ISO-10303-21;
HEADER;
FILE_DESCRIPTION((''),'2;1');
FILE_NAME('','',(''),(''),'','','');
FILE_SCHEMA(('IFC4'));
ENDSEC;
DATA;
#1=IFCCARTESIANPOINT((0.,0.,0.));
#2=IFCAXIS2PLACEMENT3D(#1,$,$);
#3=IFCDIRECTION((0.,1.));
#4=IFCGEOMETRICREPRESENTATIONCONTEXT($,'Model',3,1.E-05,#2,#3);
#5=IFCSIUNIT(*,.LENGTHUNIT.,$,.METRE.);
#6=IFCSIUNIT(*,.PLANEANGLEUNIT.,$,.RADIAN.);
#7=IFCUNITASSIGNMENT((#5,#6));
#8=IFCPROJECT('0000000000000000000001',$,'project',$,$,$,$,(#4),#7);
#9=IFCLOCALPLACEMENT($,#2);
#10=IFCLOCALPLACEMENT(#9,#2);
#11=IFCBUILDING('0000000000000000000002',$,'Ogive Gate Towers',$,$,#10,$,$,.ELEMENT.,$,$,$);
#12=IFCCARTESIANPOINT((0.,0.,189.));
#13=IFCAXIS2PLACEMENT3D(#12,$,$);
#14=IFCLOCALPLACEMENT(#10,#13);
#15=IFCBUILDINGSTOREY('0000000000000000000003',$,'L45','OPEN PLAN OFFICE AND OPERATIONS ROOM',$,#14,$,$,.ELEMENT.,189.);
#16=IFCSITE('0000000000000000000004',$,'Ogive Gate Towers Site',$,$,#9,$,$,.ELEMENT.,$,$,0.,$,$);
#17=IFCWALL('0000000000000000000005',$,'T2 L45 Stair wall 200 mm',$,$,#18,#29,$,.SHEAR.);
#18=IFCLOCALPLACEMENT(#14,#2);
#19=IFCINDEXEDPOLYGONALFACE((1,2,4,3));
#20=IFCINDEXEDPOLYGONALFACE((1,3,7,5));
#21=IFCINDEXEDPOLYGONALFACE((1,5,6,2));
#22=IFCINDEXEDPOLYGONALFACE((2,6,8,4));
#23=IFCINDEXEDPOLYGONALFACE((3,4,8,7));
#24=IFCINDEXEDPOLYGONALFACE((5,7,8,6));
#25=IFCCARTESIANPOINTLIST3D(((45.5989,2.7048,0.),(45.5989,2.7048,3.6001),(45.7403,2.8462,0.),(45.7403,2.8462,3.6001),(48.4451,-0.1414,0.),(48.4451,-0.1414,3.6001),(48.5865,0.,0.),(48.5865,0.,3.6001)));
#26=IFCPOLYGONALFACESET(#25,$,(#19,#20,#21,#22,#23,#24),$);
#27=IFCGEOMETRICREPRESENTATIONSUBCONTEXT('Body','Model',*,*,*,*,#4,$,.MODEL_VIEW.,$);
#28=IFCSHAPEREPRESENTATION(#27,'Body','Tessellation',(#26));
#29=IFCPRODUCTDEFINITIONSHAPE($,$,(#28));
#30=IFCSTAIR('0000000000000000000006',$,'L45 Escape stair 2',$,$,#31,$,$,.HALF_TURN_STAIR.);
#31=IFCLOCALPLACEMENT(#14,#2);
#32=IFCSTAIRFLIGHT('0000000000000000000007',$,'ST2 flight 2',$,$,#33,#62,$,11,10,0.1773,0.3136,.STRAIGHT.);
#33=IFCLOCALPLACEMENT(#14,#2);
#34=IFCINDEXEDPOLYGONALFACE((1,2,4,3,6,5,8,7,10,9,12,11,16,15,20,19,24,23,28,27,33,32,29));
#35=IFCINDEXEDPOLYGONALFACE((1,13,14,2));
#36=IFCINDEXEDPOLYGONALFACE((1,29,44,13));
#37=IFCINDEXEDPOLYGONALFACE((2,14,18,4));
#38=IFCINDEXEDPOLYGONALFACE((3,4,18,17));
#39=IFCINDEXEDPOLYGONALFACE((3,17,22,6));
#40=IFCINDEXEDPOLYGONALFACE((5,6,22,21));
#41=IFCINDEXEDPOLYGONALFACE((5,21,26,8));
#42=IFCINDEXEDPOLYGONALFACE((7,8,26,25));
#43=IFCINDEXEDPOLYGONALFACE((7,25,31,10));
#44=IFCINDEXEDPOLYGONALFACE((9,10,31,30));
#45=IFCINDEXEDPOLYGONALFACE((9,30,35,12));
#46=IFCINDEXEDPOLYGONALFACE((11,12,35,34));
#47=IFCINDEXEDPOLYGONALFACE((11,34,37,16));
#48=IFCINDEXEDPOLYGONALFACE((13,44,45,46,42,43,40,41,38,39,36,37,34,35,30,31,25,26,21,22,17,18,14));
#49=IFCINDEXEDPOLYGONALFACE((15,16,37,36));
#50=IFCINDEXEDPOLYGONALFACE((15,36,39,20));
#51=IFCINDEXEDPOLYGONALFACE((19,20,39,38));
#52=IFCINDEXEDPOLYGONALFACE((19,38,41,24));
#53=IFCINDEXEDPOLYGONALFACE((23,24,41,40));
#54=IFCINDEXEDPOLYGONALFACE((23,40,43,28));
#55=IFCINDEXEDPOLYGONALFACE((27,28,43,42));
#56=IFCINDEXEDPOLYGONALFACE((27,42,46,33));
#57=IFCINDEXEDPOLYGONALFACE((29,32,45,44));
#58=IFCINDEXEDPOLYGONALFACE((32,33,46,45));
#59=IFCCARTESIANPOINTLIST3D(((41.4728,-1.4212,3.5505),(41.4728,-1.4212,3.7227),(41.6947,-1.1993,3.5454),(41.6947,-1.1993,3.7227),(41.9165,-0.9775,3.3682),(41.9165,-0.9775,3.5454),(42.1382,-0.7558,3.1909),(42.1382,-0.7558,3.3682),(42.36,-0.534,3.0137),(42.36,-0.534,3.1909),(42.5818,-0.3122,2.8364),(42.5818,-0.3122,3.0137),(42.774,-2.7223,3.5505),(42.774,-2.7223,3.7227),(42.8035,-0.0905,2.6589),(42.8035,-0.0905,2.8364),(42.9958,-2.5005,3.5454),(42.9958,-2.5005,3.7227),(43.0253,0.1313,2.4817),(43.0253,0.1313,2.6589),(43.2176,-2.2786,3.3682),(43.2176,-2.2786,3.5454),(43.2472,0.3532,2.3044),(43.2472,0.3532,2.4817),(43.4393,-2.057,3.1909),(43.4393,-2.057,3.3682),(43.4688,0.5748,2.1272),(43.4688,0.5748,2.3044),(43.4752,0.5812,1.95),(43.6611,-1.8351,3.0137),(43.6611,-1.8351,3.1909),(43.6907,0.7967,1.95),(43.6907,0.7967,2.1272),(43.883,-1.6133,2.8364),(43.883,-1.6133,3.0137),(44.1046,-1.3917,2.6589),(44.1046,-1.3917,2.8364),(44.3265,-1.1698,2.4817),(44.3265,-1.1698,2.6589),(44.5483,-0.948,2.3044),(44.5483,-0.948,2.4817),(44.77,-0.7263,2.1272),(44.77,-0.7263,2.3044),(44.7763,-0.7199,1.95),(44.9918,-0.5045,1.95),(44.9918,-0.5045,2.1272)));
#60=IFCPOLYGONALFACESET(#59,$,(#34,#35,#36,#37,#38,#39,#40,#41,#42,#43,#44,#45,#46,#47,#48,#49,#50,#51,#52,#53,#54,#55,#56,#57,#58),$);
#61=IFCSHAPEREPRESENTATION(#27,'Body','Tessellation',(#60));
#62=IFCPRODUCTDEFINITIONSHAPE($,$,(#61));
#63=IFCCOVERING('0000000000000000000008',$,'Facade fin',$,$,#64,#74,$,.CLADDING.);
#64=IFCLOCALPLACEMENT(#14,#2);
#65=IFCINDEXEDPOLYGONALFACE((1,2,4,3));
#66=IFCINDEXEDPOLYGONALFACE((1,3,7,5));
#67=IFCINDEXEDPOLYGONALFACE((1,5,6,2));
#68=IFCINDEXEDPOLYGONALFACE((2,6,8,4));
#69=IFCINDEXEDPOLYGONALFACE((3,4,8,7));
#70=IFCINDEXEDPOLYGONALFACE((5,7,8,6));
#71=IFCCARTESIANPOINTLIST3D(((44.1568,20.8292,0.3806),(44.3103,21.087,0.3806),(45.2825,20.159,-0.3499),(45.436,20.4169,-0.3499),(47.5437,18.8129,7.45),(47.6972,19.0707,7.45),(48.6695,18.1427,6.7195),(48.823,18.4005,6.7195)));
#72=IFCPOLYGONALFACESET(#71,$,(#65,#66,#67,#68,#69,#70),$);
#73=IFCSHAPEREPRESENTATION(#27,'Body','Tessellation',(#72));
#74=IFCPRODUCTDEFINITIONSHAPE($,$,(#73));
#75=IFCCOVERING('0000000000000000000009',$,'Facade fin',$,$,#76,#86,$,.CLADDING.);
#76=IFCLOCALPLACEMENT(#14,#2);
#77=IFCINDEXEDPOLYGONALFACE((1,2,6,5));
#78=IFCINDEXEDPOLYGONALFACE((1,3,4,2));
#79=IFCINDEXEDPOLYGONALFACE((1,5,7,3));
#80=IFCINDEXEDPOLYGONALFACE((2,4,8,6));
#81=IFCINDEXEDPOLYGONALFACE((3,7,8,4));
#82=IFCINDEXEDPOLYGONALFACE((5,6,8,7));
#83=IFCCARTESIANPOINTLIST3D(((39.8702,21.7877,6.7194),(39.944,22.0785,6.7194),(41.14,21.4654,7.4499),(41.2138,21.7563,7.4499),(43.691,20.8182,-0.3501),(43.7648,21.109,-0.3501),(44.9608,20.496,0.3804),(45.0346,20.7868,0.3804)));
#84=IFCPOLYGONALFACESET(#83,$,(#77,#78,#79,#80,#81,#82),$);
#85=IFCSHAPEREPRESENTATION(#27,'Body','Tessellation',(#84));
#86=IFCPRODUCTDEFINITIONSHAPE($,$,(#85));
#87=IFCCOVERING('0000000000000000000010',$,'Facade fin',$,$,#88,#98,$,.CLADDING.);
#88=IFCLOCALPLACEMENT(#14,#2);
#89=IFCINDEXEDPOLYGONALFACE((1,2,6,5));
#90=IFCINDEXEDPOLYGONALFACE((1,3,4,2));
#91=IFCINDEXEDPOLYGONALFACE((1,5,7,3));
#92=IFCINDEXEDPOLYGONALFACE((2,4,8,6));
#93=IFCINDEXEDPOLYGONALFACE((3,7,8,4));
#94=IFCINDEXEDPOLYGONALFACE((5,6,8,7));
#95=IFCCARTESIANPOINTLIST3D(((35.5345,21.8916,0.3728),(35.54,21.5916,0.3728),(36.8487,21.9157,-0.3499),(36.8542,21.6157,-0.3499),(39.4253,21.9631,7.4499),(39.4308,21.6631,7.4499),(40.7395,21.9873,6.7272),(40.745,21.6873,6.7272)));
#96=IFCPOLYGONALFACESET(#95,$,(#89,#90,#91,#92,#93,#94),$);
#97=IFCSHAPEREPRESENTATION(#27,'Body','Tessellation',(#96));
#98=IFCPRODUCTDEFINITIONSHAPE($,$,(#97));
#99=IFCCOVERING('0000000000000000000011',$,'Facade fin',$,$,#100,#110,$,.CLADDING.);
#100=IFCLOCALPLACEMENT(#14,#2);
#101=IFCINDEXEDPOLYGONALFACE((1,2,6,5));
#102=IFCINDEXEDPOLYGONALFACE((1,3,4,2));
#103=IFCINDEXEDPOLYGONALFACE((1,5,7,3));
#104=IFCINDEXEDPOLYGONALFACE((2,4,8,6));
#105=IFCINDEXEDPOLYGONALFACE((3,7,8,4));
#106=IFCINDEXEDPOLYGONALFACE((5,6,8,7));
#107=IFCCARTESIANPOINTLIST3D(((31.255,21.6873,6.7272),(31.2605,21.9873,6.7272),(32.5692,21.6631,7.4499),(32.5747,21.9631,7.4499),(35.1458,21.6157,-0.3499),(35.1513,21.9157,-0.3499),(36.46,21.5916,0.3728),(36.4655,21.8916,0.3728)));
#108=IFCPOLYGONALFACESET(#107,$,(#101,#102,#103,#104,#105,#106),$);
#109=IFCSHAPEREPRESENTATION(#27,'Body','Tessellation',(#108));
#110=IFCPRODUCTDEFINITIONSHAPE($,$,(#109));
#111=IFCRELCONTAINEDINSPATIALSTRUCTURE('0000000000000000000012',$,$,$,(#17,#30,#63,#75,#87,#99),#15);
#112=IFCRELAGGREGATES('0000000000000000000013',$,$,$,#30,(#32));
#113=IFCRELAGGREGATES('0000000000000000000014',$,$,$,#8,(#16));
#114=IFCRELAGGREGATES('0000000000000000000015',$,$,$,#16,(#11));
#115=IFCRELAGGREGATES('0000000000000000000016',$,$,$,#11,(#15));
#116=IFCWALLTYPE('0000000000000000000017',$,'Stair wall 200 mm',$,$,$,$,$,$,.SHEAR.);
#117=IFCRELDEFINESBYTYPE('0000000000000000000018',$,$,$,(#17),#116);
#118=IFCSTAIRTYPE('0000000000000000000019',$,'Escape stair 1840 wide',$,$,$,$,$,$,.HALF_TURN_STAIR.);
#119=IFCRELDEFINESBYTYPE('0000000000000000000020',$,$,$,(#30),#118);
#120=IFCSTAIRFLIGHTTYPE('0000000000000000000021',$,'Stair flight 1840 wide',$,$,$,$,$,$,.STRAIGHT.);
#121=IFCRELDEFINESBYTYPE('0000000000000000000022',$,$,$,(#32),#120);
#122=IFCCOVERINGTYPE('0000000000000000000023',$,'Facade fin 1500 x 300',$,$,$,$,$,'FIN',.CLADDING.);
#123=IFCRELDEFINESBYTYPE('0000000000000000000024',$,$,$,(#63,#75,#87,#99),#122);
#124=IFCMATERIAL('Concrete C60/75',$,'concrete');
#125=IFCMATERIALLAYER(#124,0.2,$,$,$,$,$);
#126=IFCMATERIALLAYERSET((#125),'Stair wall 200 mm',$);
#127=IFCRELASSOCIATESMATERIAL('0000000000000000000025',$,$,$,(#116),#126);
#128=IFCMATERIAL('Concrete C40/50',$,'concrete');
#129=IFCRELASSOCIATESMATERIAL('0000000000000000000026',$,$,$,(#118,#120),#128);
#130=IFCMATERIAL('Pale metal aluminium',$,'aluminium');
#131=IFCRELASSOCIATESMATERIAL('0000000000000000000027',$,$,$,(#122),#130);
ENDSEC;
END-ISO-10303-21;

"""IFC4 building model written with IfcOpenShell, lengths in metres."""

from ifc_helpers import new_model, si_unit, direction, frame, frame_2d, origin, origin_2d, place, context, subcontext, project, spatial, polyline, rectangle, outline, extrude, material, layer, layer_set, material_profile, profile_set, type_object, element, aggregate, save


model = new_model("IFC4")

# Units and contexts
model_context = context("Model", 3, precision=1e-05, world=origin(), true_north=direction((0.0, 1.0)))
body_context = subcontext(model_context, "Body", "Model", "MODEL_VIEW")
ifc_project = project(units=[si_unit("LENGTHUNIT", "METRE"), si_unit("PLANEANGLEUNIT", "RADIAN")], contexts=[model_context])

# Site, building, storey
site_placement = place(None, origin())
site = spatial("IfcSite", under=ifc_project, at=site_placement, Name="Ogive Gate Towers Site", CompositionType="ELEMENT", RefElevation=0.0)
building_placement = place(site_placement, origin())
building = spatial("IfcBuilding", under=site, at=building_placement, Name="Ogive Gate Towers", CompositionType="ELEMENT")
storey_placement = place(building_placement, frame((0.0, 0.0, 189.0)))
storey = spatial("IfcBuildingStorey", under=building, at=storey_placement, Name="L45", Description="OPEN PLAN OFFICE AND OPERATIONS ROOM", CompositionType="ELEMENT", Elevation=189.0)

# Shared definitions
ifc_material_1 = material(Name="Concrete C40/50", Category="concrete")

# Shared definitions
ifc_material_2 = material(Name="Pale metal aluminium", Category="aluminium")

# Shared definitions
ifc_material_3 = material(Name="Concrete C60/75", Category="concrete")

# Wall
ifc_layer_1 = layer(ifc_material_3, 0.2)
ifc_layer_set_1 = layer_set([ifc_layer_1], Name="Stair wall 200 mm")
wall_type_1 = type_object("IfcWallType", Name="Stair wall 200 mm", PredefinedType="SHEAR", material=ifc_layer_set_1)
wall_1_placement = place(storey_placement, frame((48.5159, -0.0708, 0.0), z_axis=(0.0, 0.0, 1.0), x_axis=(-0.707107, 0.707107, 0.0)))
element("IfcWall", 1, at=wall_1_placement, inside=storey, type_object=wall_type_1, Name="T2 L45 Stair wall 200 mm", PredefinedType="SHEAR", context=body_context, shape_type="SweptSolid", body=[
    extrude(rectangle(XDim=4.0251, YDim=0.2, at=frame_2d((2.0127, 0.0))), origin(), (0.0, 0.0, 1.0), 3.6001),
])

# Stair, stair flight
stair_type = type_object("IfcStairType", Name="Escape stair 1840 wide", PredefinedType="HALF_TURN_STAIR", material=ifc_material_1)
stair_placement = place(storey_placement, origin())
stair = element("IfcStair", 2, at=stair_placement, inside=storey, type_object=stair_type, Name="L45 Escape stair 2", PredefinedType="HALF_TURN_STAIR")
stair_flight_type = type_object("IfcStairFlightType", Name="Stair flight 1840 wide", PredefinedType="STRAIGHT", material=ifc_material_1)
stair_flight_placement = place(storey_placement, frame((44.3413, 0.146, 1.95), z_axis=(0.0, 0.0, 1.0), x_axis=(-0.707107, -0.707107, 0.0)))
stair_flight = element("IfcStairFlight", 3, at=stair_flight_placement, type_object=stair_flight_type, Name="ST2 flight 2", NumberOfRisers=11, NumberOfTreads=10, PredefinedType="STRAIGHT", RiserHeight=0.1773, TreadLength=0.3136, context=body_context, shape_type="SweptSolid", body=[
    extrude(outline(polyline([(0.0, 0.0), (0.0, 0.1772), (0.3137, 0.1772), (0.3137, 0.3545), (0.6272, 0.3545), (0.6272, 0.5317), (0.9409, 0.5317), (0.9409, 0.709), (1.2546, 0.709), (1.2546, 0.8865), (1.5681, 0.8865), (1.5681, 1.0637), (1.8818, 1.0637), (1.8818, 1.241), (2.1956, 1.241), (2.1956, 1.4182), (2.509, 1.4182), (2.509, 1.5955), (2.8228, 1.5955), (2.8228, 1.7727), (3.1365, 1.7727), (3.1365, 1.95), (3.1365, 1.6006), (0.3047, 0.0), (0.0, 0.0)])), frame((0.0, 0.9199, 0.0), z_axis=(0.0, -1.0, 0.0), x_axis=(1.0, 0.0, 0.0)), (0.0, 0.0, 1.0), 1.8401),
])
aggregate(stair, [stair_flight])

# Coverings
ifc_material_profile_1 = material_profile(ifc_material_2, rectangle(XDim=0.3, YDim=1.5, at=origin_2d()), Name="1500 x 300 pale metal aluminium")
ifc_profile_set_1 = profile_set([ifc_material_profile_1], Name="Pale metal aluminium")
covering_type = type_object("IfcCoveringType", Name="Facade fin 1500 x 300", ElementType="FIN", PredefinedType="CLADDING", material=ifc_profile_set_1)
covering_1_placement = place(storey_placement, frame((44.7964, 20.623, 0.0154), z_axis=(0.418454, -0.249118, 0.873405), x_axis=(0.511542, 0.859259, 0.0)))
element("IfcCovering", 4, at=covering_1_placement, inside=storey, type_object=covering_type, Name="Facade fin", PredefinedType="CLADDING", context=body_context, shape_type="SweptSolid", body=[
    extrude(rectangle(XDim=0.3, YDim=1.5, at=origin_2d()), origin(), (0.0, 0.0, 1.0), 8.094),
])
covering_2_placement = place(storey_placement, frame((44.3628, 20.8025, 0.0151), z_axis=(-0.472037, 0.119774, 0.873404), x_axis=(-0.245944, -0.969284, 0.0)))
element("IfcCovering", 5, at=covering_2_placement, inside=storey, type_object=covering_type, Name="Facade fin", PredefinedType="CLADDING", context=body_context, shape_type="SweptSolid", body=[
    extrude(rectangle(XDim=0.3, YDim=1.5, at=origin_2d()), origin(), (0.0, 0.0, 1.0), 8.0942),
])
for number, where, z_axis, x_axis, name in (
    (6, (36.1943, 21.7537, 0.0115), (0.481751, 0.008857, 0.876263), (-0.018382, 0.999831, 0.0), "Facade fin"),
    (7, (35.8057, 21.7537, 0.0115), (-0.481751, 0.008857, 0.876263), (-0.018382, -0.999831, 0.0), "Facade fin"),
):
    element("IfcCovering", number, at=place(storey_placement, frame(where, z_axis=z_axis, x_axis=x_axis)), inside=storey, type_object=covering_type, Name=name, PredefinedType="CLADDING", context=body_context, shape_type="SweptSolid", body=[
        extrude(rectangle(XDim=0.3, YDim=1.5, at=origin_2d()), origin(), (0.0, 0.0, 1.0), 8.0764),
    ])

save(model, "model.ifc")
